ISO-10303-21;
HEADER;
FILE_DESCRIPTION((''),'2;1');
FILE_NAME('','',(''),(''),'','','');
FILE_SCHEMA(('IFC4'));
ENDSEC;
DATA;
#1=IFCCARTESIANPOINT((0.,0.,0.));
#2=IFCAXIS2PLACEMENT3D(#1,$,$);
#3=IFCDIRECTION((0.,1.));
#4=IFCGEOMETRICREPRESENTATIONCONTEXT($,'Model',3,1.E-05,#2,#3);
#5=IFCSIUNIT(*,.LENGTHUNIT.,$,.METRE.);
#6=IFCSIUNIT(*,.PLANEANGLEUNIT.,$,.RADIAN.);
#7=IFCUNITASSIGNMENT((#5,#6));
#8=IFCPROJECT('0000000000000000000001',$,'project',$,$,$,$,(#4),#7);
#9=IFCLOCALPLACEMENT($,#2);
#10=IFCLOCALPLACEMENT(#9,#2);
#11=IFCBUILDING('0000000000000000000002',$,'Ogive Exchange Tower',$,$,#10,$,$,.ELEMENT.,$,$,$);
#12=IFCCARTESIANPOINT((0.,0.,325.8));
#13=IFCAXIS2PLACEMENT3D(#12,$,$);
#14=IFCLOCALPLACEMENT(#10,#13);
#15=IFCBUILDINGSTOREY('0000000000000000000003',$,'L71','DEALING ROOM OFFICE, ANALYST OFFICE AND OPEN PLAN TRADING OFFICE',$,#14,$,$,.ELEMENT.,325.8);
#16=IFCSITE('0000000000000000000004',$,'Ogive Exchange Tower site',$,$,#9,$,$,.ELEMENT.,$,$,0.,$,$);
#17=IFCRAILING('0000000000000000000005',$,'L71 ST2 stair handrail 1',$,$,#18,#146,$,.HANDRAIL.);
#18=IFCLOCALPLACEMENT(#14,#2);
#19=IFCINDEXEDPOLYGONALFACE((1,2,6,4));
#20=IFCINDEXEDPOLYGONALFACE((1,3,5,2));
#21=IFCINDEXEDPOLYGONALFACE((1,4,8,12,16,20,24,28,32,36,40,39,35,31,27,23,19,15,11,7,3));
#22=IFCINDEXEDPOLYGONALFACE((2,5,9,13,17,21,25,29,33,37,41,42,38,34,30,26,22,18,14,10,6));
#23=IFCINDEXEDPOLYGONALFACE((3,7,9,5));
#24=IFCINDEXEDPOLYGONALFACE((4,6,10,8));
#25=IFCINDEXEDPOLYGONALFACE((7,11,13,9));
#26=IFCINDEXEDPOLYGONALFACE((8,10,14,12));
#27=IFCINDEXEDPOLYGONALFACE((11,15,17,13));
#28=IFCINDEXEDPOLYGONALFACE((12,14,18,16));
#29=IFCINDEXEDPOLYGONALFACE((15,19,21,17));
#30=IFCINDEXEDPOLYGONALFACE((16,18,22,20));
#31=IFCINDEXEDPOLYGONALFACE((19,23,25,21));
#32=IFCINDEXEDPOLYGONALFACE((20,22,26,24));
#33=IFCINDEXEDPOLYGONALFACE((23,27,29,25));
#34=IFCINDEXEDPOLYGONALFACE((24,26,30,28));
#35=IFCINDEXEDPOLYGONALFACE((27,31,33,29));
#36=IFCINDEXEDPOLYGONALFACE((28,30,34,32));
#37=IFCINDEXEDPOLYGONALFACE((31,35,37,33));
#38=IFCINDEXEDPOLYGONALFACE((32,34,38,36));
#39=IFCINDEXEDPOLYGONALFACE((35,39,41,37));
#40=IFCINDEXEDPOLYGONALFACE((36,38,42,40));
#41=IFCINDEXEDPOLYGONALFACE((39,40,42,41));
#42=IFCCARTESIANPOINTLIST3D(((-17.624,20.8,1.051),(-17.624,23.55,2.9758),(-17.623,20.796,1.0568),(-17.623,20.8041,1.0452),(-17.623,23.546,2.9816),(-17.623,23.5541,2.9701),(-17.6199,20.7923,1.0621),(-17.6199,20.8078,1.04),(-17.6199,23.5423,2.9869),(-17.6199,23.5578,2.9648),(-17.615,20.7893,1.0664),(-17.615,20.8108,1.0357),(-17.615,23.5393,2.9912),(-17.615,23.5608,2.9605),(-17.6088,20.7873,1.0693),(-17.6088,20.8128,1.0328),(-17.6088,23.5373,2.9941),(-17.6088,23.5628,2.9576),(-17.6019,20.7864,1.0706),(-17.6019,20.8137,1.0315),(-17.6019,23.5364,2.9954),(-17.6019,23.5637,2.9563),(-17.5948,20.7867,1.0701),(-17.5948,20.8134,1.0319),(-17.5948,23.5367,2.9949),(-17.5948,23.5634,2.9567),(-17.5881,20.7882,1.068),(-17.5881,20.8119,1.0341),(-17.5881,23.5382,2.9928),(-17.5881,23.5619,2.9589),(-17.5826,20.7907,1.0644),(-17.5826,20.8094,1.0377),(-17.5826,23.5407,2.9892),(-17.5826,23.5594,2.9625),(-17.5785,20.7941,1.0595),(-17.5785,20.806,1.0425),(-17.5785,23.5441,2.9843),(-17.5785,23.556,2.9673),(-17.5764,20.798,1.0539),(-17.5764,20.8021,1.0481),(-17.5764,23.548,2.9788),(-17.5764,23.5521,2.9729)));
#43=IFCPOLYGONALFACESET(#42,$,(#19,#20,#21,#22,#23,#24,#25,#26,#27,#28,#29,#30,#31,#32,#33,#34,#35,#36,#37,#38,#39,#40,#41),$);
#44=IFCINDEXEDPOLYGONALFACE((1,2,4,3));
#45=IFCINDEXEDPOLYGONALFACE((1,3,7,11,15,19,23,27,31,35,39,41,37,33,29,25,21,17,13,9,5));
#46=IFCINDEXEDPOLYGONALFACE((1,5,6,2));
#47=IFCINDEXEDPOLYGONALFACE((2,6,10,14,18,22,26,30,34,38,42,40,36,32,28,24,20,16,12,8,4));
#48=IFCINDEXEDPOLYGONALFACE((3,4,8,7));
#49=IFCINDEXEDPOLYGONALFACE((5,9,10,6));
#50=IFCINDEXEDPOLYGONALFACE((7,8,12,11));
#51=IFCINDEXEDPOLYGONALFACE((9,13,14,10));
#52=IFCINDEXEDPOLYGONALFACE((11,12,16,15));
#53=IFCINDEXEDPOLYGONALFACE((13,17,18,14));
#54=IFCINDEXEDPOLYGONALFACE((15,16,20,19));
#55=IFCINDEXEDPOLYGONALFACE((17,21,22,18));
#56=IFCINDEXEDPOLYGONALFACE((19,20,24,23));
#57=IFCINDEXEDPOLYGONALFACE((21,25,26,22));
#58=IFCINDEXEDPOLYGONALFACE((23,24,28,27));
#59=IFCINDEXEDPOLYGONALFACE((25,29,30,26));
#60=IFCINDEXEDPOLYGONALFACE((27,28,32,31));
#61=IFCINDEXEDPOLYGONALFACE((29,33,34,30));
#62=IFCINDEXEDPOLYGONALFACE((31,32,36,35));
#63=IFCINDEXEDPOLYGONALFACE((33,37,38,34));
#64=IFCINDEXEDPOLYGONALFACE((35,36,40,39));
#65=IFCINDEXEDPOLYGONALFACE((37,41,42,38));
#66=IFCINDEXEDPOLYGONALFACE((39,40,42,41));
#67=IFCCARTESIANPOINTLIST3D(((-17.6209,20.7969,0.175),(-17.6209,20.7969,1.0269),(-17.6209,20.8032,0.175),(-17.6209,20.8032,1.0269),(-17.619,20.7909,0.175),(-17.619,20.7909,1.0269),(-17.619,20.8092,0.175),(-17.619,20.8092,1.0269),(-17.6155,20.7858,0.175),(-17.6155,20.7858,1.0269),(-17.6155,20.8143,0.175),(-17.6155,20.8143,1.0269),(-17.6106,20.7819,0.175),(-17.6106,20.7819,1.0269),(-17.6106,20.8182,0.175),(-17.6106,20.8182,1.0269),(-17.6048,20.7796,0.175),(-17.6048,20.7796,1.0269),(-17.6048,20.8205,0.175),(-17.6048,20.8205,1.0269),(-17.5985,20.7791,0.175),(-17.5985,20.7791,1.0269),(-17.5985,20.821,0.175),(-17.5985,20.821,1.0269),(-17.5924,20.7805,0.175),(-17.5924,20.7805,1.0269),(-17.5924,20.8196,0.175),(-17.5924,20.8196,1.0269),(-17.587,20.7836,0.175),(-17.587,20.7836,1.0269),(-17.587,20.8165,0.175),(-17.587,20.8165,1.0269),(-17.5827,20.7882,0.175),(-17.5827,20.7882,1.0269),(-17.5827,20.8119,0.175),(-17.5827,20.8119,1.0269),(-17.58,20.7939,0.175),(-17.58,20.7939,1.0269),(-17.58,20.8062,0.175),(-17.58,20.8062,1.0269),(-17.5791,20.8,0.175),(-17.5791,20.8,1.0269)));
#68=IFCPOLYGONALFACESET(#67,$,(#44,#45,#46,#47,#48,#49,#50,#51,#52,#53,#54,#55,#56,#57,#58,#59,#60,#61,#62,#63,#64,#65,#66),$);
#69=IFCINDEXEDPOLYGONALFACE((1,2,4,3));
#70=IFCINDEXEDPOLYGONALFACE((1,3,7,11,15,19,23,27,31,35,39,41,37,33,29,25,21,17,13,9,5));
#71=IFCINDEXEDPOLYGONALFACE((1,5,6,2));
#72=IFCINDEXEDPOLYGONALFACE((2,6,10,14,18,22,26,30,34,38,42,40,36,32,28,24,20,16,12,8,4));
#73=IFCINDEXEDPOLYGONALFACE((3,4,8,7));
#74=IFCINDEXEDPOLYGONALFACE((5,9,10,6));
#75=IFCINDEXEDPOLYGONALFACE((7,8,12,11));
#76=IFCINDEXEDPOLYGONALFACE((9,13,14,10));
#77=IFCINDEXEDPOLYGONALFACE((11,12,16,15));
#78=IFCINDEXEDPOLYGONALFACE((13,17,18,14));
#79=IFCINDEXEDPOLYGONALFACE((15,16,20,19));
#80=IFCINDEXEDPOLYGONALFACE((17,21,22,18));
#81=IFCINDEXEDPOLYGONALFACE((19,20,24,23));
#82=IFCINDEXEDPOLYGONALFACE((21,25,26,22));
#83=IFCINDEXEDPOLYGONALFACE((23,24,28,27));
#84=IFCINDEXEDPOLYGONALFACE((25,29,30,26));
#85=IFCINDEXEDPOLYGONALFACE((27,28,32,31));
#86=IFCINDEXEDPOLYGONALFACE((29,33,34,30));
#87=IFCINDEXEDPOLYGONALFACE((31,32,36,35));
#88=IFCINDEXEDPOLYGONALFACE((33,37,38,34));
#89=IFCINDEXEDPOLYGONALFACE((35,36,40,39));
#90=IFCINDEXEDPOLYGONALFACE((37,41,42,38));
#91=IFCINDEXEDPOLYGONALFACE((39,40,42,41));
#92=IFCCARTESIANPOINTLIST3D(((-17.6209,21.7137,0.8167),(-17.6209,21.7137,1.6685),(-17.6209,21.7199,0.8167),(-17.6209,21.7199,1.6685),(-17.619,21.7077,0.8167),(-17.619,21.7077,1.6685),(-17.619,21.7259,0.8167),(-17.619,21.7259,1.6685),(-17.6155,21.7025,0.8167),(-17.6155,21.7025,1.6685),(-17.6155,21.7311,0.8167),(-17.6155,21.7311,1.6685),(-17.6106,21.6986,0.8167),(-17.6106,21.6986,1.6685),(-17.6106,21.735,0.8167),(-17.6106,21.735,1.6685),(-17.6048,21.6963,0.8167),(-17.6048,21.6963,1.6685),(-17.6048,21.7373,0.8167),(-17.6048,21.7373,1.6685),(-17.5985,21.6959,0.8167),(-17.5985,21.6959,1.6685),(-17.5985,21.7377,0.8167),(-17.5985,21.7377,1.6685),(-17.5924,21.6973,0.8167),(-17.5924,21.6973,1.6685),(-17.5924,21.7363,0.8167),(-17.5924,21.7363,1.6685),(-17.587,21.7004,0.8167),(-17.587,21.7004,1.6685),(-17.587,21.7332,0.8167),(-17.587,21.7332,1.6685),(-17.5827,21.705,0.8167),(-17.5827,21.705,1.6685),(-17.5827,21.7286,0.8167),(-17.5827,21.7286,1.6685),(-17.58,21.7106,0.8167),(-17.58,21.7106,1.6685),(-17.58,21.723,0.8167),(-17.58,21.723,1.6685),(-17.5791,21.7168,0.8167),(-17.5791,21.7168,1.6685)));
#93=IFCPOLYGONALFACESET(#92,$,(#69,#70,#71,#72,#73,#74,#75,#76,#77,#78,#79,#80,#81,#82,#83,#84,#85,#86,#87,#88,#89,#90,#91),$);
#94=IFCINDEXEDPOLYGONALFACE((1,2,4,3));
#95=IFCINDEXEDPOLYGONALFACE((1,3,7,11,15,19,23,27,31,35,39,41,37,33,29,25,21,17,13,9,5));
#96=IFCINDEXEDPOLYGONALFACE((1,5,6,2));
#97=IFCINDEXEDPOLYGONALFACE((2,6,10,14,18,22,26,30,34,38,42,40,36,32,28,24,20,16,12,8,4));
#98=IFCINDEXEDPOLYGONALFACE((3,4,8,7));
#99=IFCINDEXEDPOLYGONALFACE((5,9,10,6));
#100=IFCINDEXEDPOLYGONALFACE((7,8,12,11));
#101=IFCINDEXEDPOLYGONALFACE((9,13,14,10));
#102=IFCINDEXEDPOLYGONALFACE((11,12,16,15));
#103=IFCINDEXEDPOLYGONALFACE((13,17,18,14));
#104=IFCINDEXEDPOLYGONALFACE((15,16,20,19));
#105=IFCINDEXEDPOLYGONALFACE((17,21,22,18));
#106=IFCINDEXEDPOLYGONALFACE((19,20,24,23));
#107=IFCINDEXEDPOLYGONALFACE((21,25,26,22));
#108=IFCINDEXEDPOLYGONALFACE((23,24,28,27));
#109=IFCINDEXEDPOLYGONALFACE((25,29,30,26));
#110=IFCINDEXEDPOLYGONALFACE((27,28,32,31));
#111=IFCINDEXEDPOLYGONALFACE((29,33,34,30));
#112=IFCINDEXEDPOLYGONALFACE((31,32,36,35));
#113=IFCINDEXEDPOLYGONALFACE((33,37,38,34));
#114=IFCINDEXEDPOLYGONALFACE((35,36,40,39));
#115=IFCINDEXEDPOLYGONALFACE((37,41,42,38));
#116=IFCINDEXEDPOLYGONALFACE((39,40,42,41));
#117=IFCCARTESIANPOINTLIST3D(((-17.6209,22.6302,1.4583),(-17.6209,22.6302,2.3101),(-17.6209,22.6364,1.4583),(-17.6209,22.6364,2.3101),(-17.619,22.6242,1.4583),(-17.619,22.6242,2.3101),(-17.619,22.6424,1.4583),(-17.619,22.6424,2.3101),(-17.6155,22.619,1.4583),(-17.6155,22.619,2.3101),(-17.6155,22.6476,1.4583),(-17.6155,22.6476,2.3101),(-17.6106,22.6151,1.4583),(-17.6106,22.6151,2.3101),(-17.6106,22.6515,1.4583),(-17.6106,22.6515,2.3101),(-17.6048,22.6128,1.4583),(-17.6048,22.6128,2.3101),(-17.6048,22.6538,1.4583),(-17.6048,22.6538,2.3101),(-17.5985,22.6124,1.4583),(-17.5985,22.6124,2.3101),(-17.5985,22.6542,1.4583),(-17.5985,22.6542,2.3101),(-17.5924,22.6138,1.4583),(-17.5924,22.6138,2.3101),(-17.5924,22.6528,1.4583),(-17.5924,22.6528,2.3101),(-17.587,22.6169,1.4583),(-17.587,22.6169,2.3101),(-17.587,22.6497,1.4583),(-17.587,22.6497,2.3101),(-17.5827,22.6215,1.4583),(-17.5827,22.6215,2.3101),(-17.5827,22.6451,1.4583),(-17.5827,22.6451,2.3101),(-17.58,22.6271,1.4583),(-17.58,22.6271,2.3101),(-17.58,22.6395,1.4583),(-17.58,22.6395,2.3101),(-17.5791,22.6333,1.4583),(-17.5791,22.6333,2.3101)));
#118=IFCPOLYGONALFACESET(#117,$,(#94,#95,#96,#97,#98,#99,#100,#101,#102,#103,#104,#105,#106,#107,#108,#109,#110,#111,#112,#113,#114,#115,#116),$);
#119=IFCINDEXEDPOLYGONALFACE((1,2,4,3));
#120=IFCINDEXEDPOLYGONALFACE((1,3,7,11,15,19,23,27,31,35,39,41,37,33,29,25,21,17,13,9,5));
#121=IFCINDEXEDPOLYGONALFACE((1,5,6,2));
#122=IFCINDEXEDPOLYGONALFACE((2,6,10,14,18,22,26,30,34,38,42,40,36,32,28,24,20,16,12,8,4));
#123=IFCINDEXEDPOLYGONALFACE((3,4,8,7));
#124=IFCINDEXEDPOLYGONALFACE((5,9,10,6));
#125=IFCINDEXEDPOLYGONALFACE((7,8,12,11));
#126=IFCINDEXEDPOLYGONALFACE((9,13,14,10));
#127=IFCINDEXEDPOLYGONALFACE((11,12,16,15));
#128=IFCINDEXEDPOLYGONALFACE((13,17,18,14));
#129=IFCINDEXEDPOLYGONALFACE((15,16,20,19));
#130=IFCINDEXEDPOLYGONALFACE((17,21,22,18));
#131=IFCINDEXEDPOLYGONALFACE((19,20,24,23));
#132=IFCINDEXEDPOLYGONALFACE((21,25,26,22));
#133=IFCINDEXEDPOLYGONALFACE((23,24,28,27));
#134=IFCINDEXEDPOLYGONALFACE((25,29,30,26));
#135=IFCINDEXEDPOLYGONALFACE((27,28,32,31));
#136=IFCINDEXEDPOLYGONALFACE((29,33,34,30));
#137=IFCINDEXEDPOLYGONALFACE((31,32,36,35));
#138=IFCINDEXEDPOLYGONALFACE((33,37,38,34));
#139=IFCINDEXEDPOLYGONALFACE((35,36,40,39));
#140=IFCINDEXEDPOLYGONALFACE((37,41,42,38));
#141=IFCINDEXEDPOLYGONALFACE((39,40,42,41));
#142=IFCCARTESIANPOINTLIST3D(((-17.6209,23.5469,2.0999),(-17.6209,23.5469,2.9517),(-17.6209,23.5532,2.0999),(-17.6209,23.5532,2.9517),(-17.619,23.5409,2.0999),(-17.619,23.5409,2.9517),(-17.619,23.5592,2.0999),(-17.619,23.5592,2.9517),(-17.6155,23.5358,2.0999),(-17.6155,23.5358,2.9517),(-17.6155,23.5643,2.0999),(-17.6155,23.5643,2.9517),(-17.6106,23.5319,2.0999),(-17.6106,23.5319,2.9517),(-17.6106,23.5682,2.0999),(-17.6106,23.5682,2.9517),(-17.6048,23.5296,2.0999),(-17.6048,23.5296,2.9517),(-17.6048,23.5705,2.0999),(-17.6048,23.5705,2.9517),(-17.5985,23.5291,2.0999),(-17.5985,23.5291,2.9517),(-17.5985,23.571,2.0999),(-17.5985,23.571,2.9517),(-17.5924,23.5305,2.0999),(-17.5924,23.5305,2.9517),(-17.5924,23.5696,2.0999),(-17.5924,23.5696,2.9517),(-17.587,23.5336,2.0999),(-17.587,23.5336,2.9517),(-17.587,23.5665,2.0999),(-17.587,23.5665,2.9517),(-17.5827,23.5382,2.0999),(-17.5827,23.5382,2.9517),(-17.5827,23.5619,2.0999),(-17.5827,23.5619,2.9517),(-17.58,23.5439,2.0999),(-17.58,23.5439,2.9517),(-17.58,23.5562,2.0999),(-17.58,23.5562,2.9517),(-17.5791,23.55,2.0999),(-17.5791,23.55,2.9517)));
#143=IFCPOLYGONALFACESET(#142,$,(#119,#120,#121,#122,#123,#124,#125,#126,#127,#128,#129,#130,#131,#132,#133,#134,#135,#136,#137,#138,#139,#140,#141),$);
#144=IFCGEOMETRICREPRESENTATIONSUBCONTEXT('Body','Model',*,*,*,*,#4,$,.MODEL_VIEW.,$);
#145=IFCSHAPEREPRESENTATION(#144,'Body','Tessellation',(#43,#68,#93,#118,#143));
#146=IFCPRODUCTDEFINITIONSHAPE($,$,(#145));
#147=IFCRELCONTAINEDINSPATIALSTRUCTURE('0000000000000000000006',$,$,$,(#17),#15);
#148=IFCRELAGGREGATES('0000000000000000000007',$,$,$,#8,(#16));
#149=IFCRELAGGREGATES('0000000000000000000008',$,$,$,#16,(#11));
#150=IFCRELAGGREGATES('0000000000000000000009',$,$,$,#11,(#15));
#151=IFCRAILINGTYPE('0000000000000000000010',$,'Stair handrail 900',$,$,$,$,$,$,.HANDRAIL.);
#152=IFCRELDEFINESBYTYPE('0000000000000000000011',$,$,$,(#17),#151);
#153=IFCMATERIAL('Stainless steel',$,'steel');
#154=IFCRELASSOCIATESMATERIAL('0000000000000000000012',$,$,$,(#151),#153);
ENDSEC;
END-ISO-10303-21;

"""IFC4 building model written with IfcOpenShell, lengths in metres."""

from ifc_helpers import new_model, si_unit, direction, frame, origin, origin_2d, place, context, subcontext, project, spatial, circle, extrude, material, type_object, element, save


model = new_model("IFC4")

# Units and contexts
model_context = context("Model", 3, precision=1e-05, world=origin(), true_north=direction((0.0, 1.0)))
body_context = subcontext(model_context, "Body", "Model", "MODEL_VIEW")
ifc_project = project(units=[si_unit("LENGTHUNIT", "METRE"), si_unit("PLANEANGLEUNIT", "RADIAN")], contexts=[model_context])

# Site, building, storey
site_placement = place(None, origin())
site = spatial("IfcSite", under=ifc_project, at=site_placement, Name="Ogive Exchange Tower site", CompositionType="ELEMENT", RefElevation=0.0)
building_placement = place(site_placement, origin())
building = spatial("IfcBuilding", under=site, at=building_placement, Name="Ogive Exchange Tower", CompositionType="ELEMENT")
storey_placement = place(building_placement, frame((0.0, 0.0, 325.8)))
storey = spatial("IfcBuildingStorey", under=building, at=storey_placement, Name="L71", Description="DEALING ROOM OFFICE, ANALYST OFFICE AND OPEN PLAN TRADING OFFICE", CompositionType="ELEMENT", Elevation=325.8)

# Railing
ifc_material_1 = material(Name="Stainless steel", Category="steel")
railing_type = type_object("IfcRailingType", Name="Stair handrail 900", PredefinedType="HANDRAIL", material=ifc_material_1)
railing_1_placement = place(storey_placement, frame((-17.6001, 20.8, 0.175)))
element("IfcRailing", 1, at=railing_1_placement, inside=storey, type_object=railing_type, Name="L71 ST2 stair handrail 1", PredefinedType="HANDRAIL", context=body_context, shape_type="SweptSolid", body=[
    extrude(circle(Radius=0.0239, at=origin_2d()), frame((0.0, 0.0, 0.876), z_axis=(0.0, 0.819259, 0.573423), x_axis=(-1.0, 0.0, 0.0)), (0.0, 0.0, 1.0), 3.3567),
    extrude(circle(Radius=0.021, at=origin_2d()), origin(), (0.0, 0.0, 1.0), 0.8518),
    extrude(circle(Radius=0.021, at=origin_2d()), frame((0.0, 0.9167, 0.6416)), (0.0, 0.0, 1.0), 0.8518),
    extrude(circle(Radius=0.021, at=origin_2d()), frame((0.0, 1.8333, 1.2832)), (0.0, 0.0, 1.0), 0.8518),
    extrude(circle(Radius=0.021, at=origin_2d()), frame((0.0, 2.75, 1.9248)), (0.0, 0.0, 1.0), 0.8518),
])

save(model, "model.ifc")
